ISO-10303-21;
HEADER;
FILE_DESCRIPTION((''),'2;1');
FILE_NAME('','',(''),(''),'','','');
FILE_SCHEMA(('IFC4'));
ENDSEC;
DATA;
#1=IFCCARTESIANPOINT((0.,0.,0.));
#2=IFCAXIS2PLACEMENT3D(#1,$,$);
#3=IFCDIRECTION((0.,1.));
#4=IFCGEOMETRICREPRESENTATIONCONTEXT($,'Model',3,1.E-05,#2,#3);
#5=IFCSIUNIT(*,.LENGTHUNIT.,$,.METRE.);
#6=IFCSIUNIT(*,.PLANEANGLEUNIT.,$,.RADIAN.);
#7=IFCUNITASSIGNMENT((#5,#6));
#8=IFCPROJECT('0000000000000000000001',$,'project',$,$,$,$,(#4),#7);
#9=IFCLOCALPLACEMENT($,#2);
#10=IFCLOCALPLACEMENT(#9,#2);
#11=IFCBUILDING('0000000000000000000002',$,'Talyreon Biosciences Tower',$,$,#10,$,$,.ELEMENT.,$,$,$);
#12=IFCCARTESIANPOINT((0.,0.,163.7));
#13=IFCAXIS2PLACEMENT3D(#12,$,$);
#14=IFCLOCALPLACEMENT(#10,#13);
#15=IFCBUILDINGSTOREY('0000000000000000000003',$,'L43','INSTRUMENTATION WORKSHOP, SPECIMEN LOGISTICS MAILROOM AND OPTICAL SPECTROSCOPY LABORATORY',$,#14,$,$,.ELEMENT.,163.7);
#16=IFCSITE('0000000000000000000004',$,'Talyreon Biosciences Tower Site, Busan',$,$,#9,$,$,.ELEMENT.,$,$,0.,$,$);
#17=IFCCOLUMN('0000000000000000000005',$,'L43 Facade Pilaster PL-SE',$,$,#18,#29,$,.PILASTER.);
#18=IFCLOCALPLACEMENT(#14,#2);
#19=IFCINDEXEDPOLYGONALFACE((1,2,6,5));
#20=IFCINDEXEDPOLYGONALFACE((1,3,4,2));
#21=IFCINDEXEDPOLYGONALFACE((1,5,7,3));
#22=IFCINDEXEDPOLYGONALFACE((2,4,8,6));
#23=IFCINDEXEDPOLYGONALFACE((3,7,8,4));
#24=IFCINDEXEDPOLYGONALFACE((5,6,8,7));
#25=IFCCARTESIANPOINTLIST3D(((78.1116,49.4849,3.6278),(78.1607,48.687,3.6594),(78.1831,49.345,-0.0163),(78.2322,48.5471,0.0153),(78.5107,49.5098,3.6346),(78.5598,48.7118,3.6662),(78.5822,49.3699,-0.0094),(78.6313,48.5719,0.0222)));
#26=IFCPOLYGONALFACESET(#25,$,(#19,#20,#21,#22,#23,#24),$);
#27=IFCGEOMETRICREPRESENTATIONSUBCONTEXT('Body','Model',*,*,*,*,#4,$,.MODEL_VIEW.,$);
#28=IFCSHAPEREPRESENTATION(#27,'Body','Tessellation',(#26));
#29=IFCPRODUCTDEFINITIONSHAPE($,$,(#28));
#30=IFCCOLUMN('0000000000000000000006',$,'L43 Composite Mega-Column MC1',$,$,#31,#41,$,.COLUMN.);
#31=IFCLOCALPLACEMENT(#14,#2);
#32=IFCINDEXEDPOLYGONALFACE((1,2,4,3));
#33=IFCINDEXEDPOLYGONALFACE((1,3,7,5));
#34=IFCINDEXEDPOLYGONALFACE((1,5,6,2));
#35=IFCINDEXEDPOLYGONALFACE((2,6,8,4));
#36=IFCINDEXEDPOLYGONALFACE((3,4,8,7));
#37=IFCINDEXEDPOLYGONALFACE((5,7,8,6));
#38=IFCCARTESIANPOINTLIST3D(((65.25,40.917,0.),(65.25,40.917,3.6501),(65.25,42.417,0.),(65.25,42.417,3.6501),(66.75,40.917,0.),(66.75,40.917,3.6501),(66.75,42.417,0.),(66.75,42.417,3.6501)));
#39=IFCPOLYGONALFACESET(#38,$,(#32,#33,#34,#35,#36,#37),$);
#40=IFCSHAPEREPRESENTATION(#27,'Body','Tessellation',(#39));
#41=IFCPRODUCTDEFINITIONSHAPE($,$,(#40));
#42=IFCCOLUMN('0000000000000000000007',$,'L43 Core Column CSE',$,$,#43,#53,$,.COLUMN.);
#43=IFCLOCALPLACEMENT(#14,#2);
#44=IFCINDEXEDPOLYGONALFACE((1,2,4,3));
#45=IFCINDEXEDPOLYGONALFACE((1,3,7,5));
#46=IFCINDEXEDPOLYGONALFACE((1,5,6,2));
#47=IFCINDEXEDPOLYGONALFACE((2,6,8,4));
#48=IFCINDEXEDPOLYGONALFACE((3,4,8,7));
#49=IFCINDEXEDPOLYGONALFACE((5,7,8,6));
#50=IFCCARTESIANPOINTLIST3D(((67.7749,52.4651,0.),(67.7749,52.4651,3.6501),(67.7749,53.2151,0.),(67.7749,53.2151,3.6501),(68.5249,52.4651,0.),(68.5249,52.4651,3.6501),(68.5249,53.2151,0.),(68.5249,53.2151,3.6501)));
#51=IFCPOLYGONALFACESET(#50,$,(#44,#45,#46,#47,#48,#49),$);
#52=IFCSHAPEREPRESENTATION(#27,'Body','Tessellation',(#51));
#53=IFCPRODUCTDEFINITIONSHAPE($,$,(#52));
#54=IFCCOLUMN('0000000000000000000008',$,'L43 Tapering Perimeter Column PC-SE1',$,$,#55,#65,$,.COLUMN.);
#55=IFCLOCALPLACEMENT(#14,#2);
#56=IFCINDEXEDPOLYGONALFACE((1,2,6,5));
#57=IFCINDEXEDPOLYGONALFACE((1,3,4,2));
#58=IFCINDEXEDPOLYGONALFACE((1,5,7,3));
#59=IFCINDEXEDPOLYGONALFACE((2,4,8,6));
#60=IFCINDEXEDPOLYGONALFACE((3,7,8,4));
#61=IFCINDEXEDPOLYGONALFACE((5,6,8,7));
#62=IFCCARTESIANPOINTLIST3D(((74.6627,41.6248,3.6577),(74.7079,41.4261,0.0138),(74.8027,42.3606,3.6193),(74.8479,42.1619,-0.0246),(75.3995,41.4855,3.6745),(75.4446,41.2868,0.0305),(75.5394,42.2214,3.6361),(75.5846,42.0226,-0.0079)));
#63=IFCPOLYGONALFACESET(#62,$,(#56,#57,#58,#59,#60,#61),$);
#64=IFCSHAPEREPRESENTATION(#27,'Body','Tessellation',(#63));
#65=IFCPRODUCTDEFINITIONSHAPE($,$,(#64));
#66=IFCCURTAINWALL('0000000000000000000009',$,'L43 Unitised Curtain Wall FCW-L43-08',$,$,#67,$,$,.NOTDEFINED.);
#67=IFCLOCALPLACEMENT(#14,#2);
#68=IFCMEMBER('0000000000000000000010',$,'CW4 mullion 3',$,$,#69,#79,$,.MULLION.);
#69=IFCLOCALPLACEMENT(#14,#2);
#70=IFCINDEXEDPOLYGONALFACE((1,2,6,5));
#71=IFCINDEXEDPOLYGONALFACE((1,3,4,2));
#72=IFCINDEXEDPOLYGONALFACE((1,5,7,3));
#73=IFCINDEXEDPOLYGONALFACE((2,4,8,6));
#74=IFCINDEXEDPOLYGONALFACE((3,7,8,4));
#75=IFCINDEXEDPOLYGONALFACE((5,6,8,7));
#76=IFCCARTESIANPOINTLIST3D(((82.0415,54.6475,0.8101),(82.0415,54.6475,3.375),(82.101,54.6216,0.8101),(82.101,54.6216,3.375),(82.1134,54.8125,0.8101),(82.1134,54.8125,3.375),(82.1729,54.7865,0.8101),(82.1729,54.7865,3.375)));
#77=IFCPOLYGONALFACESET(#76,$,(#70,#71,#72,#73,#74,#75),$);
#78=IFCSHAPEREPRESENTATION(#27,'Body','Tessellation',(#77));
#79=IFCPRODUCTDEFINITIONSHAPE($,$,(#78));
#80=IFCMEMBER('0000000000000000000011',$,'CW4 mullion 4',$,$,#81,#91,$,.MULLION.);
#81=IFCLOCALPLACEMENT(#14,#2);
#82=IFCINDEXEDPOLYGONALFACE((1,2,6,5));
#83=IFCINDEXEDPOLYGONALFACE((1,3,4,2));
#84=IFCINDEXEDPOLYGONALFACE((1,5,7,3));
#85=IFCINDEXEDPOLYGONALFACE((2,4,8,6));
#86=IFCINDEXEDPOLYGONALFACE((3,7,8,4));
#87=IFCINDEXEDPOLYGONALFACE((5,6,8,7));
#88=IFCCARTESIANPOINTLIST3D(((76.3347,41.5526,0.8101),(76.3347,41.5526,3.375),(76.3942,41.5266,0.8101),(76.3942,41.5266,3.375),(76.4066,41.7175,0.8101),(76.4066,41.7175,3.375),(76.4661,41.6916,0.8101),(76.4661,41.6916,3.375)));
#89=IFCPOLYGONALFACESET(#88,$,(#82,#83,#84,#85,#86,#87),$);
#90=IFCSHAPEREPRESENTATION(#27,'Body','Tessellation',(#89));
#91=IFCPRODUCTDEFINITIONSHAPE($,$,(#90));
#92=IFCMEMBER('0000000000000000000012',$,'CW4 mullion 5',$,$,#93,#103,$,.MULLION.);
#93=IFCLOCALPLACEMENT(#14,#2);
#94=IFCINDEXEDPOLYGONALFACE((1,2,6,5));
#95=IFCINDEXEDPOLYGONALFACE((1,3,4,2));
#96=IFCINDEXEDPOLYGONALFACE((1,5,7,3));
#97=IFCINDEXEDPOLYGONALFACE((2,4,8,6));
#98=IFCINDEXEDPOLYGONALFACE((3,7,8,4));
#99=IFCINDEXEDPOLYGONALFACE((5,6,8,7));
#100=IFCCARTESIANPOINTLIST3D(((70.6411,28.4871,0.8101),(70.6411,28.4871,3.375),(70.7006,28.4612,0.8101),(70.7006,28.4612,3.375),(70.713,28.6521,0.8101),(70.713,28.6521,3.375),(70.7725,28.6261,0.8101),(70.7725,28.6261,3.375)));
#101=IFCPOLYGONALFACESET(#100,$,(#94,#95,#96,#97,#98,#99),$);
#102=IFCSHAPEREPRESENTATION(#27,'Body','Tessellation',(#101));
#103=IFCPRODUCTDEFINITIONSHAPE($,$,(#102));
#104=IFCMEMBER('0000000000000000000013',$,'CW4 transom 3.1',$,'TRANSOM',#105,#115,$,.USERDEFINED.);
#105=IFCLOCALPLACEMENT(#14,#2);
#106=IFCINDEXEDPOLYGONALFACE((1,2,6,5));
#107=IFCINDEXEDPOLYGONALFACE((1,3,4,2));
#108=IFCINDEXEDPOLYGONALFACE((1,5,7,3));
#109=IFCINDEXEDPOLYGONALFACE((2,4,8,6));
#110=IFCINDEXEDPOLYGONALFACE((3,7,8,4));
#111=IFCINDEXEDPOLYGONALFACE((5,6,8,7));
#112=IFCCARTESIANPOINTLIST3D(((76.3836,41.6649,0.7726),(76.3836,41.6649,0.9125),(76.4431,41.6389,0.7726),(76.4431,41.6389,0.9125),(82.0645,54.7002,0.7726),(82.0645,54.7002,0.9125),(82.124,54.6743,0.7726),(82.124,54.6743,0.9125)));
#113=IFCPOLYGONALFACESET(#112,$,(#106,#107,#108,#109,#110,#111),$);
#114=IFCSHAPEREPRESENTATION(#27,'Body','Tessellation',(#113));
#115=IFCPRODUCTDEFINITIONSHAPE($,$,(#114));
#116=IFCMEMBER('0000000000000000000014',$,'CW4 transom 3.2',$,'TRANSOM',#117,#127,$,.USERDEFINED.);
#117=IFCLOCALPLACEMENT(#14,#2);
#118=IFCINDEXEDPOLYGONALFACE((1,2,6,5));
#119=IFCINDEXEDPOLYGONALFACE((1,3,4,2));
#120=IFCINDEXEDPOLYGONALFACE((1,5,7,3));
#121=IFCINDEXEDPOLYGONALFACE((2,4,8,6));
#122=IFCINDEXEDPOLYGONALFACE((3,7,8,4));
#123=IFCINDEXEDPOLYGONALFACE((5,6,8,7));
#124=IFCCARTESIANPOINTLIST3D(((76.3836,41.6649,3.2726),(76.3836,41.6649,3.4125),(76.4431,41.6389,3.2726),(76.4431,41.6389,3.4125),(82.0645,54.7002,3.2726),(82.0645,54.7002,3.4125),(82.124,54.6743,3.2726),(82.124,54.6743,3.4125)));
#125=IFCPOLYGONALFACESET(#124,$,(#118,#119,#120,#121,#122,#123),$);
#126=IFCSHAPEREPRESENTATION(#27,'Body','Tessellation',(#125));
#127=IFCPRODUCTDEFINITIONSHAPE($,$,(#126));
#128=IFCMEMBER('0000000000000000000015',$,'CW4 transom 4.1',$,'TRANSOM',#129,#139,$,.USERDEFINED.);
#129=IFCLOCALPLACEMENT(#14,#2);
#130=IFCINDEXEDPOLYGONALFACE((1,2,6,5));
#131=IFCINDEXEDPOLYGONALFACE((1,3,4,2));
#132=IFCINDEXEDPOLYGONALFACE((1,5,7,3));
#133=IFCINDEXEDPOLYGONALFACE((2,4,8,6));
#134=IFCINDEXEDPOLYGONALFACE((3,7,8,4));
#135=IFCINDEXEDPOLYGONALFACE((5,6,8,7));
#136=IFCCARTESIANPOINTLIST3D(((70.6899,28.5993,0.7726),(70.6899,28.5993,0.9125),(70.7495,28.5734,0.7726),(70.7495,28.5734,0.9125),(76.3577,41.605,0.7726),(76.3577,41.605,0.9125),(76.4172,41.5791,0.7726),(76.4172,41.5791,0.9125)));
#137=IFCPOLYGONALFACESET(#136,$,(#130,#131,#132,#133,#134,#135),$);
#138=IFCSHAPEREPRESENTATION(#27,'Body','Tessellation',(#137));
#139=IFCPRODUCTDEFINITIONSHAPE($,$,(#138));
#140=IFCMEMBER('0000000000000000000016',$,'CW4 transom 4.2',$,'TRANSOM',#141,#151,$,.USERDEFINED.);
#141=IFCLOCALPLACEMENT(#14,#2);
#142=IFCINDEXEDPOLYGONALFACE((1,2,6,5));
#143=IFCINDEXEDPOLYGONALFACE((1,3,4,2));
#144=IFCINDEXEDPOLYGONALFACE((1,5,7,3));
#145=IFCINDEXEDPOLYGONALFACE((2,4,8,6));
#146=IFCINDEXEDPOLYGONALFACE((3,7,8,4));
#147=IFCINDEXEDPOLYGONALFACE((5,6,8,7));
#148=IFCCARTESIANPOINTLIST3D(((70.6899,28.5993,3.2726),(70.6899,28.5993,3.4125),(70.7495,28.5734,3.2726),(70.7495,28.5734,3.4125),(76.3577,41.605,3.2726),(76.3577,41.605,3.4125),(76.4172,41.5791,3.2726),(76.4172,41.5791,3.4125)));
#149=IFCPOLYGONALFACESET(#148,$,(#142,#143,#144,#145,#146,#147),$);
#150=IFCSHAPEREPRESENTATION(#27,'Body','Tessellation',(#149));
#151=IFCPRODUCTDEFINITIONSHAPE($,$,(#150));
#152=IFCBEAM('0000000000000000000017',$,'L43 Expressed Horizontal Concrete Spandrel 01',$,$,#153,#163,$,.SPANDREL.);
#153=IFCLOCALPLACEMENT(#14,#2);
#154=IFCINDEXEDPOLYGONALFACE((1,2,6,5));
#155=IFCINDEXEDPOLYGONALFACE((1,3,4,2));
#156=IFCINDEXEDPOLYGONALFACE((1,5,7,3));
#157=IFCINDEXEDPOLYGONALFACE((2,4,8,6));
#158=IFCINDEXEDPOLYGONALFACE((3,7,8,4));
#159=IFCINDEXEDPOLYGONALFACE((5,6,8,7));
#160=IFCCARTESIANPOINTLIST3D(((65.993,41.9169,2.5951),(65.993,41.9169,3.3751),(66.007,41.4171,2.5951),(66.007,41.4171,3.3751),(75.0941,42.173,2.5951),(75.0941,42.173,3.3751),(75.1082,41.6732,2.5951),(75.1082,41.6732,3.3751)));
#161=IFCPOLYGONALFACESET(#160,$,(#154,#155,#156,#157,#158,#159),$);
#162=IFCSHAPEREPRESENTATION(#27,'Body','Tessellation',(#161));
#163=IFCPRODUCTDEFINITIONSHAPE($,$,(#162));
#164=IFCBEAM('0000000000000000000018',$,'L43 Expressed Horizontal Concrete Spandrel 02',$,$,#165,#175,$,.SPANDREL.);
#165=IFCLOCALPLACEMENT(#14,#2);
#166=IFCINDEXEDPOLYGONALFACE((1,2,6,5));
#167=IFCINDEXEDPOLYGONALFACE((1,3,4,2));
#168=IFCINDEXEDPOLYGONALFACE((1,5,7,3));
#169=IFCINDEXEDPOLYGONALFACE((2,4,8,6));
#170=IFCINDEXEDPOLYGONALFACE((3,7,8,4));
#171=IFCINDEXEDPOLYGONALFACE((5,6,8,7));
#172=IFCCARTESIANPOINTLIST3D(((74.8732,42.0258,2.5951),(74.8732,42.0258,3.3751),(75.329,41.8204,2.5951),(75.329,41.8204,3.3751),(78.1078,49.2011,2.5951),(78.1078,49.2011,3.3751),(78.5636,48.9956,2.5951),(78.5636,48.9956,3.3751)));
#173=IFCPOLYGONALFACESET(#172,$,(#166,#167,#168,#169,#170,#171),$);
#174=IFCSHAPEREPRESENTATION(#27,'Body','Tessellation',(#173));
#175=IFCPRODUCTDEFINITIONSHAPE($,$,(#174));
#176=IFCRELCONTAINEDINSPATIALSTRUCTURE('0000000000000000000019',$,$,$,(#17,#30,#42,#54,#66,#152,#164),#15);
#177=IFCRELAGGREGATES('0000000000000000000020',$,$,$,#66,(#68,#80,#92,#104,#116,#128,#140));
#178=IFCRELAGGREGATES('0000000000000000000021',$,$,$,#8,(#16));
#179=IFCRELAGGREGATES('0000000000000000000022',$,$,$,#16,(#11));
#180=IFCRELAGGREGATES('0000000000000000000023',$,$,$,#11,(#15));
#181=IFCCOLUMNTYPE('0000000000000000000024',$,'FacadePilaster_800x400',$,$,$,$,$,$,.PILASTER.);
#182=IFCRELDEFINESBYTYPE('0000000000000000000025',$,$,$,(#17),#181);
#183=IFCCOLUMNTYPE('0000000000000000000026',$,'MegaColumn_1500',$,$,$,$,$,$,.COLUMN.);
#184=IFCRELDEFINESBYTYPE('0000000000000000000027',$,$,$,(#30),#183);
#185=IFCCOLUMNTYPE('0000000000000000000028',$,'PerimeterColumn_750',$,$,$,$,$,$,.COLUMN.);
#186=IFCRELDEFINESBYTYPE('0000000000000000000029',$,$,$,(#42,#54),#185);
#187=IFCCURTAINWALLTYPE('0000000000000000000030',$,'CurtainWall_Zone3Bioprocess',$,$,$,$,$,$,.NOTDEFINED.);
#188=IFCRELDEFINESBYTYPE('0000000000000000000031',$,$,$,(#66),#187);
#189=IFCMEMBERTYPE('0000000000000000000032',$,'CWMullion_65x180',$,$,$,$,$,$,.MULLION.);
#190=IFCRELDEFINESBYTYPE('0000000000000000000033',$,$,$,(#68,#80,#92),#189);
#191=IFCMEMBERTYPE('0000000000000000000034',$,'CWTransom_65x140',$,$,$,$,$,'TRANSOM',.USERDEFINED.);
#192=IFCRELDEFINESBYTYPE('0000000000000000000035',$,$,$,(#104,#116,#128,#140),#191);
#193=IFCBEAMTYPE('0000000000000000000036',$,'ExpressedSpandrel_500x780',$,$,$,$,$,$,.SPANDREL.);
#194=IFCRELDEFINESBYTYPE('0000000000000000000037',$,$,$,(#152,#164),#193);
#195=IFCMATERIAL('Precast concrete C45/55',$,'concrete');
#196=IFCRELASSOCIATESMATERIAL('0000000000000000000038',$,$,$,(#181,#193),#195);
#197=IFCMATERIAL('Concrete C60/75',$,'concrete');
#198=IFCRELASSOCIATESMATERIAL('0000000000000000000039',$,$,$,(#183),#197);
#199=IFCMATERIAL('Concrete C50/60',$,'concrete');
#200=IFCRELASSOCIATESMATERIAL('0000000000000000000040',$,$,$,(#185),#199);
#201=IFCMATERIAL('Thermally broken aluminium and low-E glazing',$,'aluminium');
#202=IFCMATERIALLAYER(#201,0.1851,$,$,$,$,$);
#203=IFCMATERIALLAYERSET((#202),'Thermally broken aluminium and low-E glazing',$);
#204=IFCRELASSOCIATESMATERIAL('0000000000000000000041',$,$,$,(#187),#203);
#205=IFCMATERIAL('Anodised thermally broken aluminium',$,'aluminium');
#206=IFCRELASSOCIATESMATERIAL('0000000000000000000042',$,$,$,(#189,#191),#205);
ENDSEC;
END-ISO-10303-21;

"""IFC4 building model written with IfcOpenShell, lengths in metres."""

from ifc_helpers import new_model, si_unit, direction, frame, origin, origin_2d, place, context, subcontext, project, spatial, rectangle, extrude, material, layer, layer_set, material_profile, profile_set, type_object, element, aggregate, save


model = new_model("IFC4")

# Units and contexts
model_context = context("Model", 3, precision=1e-05, world=origin(), true_north=direction((0.0, 1.0)))
body_context = subcontext(model_context, "Body", "Model", "MODEL_VIEW")
ifc_project = project(units=[si_unit("LENGTHUNIT", "METRE"), si_unit("PLANEANGLEUNIT", "RADIAN")], contexts=[model_context])

# Site, building, storey
site_placement = place(None, origin())
site = spatial("IfcSite", under=ifc_project, at=site_placement, Name="Talyreon Biosciences Tower Site, Busan", CompositionType="ELEMENT", RefElevation=0.0)
building_placement = place(site_placement, origin())
building = spatial("IfcBuilding", under=site, at=building_placement, Name="Talyreon Biosciences Tower", CompositionType="ELEMENT")
storey_placement = place(building_placement, frame((0.0, 0.0, 163.7)))
storey = spatial("IfcBuildingStorey", under=building, at=storey_placement, Name="L43", Description="INSTRUMENTATION WORKSHOP, SPECIMEN LOGISTICS MAILROOM AND OPTICAL SPECTROSCOPY LABORATORY", CompositionType="ELEMENT", Elevation=163.7)

# Columns
ifc_material_1 = material(Name="Precast concrete C45/55", Category="concrete")
ifc_material_profile_1 = material_profile(ifc_material_1, rectangle(XDim=0.8, YDim=0.3999, at=origin_2d()), Name="RC 800x400")
ifc_profile_set_1 = profile_set([ifc_material_profile_1], Name="Precast concrete C45/55")
column_type_1 = type_object("IfcColumnType", Name="FacadePilaster_800x400", PredefinedType="PILASTER", material=ifc_profile_set_1)
column_1_placement = place(storey_placement, frame((78.4072, 48.9585, 0.0029), z_axis=(-0.019612, 0.038354, 0.999072), x_axis=(0.061352, -0.997335, 0.039491)))
element("IfcColumn", 1, at=column_1_placement, inside=storey, type_object=column_type_1, Name="L43 Facade Pilaster PL-SE", PredefinedType="PILASTER", context=body_context, shape_type="SweptSolid", body=[
    extrude(rectangle(XDim=0.8, YDim=0.3999, at=origin_2d()), origin(), (0.0, 0.0, 1.0), 3.6475),
])
ifc_material_2 = material(Name="Concrete C60/75", Category="concrete")
ifc_material_profile_2 = material_profile(ifc_material_2, rectangle(XDim=1.5, YDim=1.5, at=origin_2d()), Name="RC 1500x1500")
ifc_profile_set_2 = profile_set([ifc_material_profile_2], Name="Concrete C60/75")
column_type_2 = type_object("IfcColumnType", Name="MegaColumn_1500", PredefinedType="COLUMN", material=ifc_profile_set_2)
column_2_placement = place(storey_placement, frame((66.0, 41.667, 0.0), z_axis=(0.0, 0.0, 1.0), x_axis=(1.0, 0.0, 0.0)))
element("IfcColumn", 2, at=column_2_placement, inside=storey, type_object=column_type_2, Name="L43 Composite Mega-Column MC1", PredefinedType="COLUMN", context=body_context, shape_type="SweptSolid", body=[
    extrude(rectangle(XDim=1.5, YDim=1.5, at=origin_2d()), origin(), (0.0, 0.0, 1.0), 3.6501),
])
ifc_material_3 = material(Name="Concrete C50/60", Category="concrete")
ifc_material_profile_3 = material_profile(ifc_material_3, rectangle(XDim=0.75, YDim=0.75, at=origin_2d()), Name="RC 750x750")
ifc_profile_set_3 = profile_set([ifc_material_profile_3], Name="Concrete C50/60")
column_type_3 = type_object("IfcColumnType", Name="PerimeterColumn_750", PredefinedType="COLUMN", material=ifc_profile_set_3)
column_3_placement = place(storey_placement, frame((68.1499, 52.8401, 0.0), z_axis=(0.0, 0.0, 1.0), x_axis=(1.0, 0.0, 0.0)))
element("IfcColumn", 3, at=column_3_placement, inside=storey, type_object=column_type_3, Name="L43 Core Column CSE", PredefinedType="COLUMN", context=body_context, shape_type="SweptSolid", body=[
    extrude(rectangle(XDim=0.75, YDim=0.75, at=origin_2d()), origin(), (0.0, 0.0, 1.0), 3.6501),
])
column_4_placement = place(storey_placement, frame((75.1462, 41.7244, 0.0029), z_axis=(-0.012375, 0.054451, 0.99844), x_axis=(-0.186648, -0.981092, 0.051191)))
element("IfcColumn", 4, at=column_4_placement, inside=storey, type_object=column_type_3, Name="L43 Tapering Perimeter Column PC-SE1", PredefinedType="COLUMN", context=body_context, shape_type="SweptSolid", body=[
    extrude(rectangle(XDim=0.75, YDim=0.75, at=origin_2d()), origin(), (0.0, 0.0, 1.0), 3.6497),
])

# Curtain wall, members
ifc_material_4 = material(Name="Thermally broken aluminium and low-E glazing", Category="aluminium")
ifc_layer_1 = layer(ifc_material_4, 0.1851)
ifc_layer_set_1 = layer_set([ifc_layer_1], Name="Thermally broken aluminium and low-E glazing")
curtain_wall_type = type_object("IfcCurtainWallType", Name="CurtainWall_Zone3Bioprocess", PredefinedType="NOTDEFINED", material=ifc_layer_set_1)
curtain_wall_placement = place(storey_placement, origin())
curtain_wall = element("IfcCurtainWall", 5, at=curtain_wall_placement, inside=storey, type_object=curtain_wall_type, Name="L43 Unitised Curtain Wall FCW-L43-08", PredefinedType="NOTDEFINED")
ifc_material_5 = material(Name="Anodised thermally broken aluminium", Category="aluminium")
ifc_material_profile_4 = material_profile(ifc_material_5, rectangle(XDim=0.0649, YDim=0.1799, at=origin_2d()), Name="ALUM MULLION 65x180")
ifc_profile_set_4 = profile_set([ifc_material_profile_4], Name="Anodised thermally broken aluminium")
member_type_1 = type_object("IfcMemberType", Name="CWMullion_65x180", PredefinedType="MULLION", material=ifc_profile_set_4)
member_1_placement = place(storey_placement, frame((82.1072, 54.717, 0.8101), z_axis=(0.0, 0.0, 1.0), x_axis=(0.916731, -0.399505, 0.0)))
member_1 = element("IfcMember", 6, at=member_1_placement, type_object=member_type_1, Name="CW4 mullion 3", PredefinedType="MULLION", context=body_context, shape_type="SweptSolid", body=[
    extrude(rectangle(XDim=0.0649, YDim=0.1799, at=origin_2d()), origin(), (0.0, 0.0, 1.0), 2.5649),
])
member_2_placement = place(storey_placement, frame((76.4004, 41.6221, 0.8101), z_axis=(0.0, 0.0, 1.0), x_axis=(0.916731, -0.399505, 0.0)))
member_2 = element("IfcMember", 7, at=member_2_placement, type_object=member_type_1, Name="CW4 mullion 4", PredefinedType="MULLION", context=body_context, shape_type="SweptSolid", body=[
    extrude(rectangle(XDim=0.0649, YDim=0.1799, at=origin_2d()), origin(), (0.0, 0.0, 1.0), 2.5649),
])
member_3_placement = place(storey_placement, frame((70.7068, 28.5566, 0.8101), z_axis=(0.0, 0.0, 1.0), x_axis=(0.916731, -0.399505, 0.0)))
member_3 = element("IfcMember", 8, at=member_3_placement, type_object=member_type_1, Name="CW4 mullion 5", PredefinedType="MULLION", context=body_context, shape_type="SweptSolid", body=[
    extrude(rectangle(XDim=0.0649, YDim=0.1799, at=origin_2d()), origin(), (0.0, 0.0, 1.0), 2.5649),
])
ifc_material_profile_5 = material_profile(ifc_material_5, rectangle(XDim=0.0649, YDim=0.1399, at=origin_2d()), Name="ALUM TRANSOM 65x140")
ifc_profile_set_5 = profile_set([ifc_material_profile_5], Name="Anodised thermally broken aluminium")
member_type_2 = type_object("IfcMemberType", Name="CWTransom_65x140", ElementType="TRANSOM", PredefinedType="USERDEFINED", material=ifc_profile_set_5)
member_4_placement = place(storey_placement, frame((82.0942, 54.6873, 0.8425), z_axis=(-0.399515, -0.916727, 0.0), x_axis=(0.916727, -0.399515, 0.0)))
member_4 = element("IfcMember", 9, at=member_4_placement, type_object=member_type_2, Name="CW4 transom 3.1", ObjectType="TRANSOM", PredefinedType="USERDEFINED", context=body_context, shape_type="SweptSolid", body=[
    extrude(rectangle(XDim=0.0649, YDim=0.1399, at=origin_2d()), origin(), (0.0, 0.0, 1.0), 14.2195),
])
member_5_placement = place(storey_placement, frame((82.0942, 54.6873, 3.3425), z_axis=(-0.399515, -0.916727, 0.0), x_axis=(0.916727, -0.399515, 0.0)))
member_5 = element("IfcMember", 10, at=member_5_placement, type_object=member_type_2, Name="CW4 transom 3.2", ObjectType="TRANSOM", PredefinedType="USERDEFINED", context=body_context, shape_type="SweptSolid", body=[
    extrude(rectangle(XDim=0.0649, YDim=0.1399, at=origin_2d()), origin(), (0.0, 0.0, 1.0), 14.2195),
])
member_6_placement = place(storey_placement, frame((76.3875, 41.592, 0.8425), z_axis=(-0.399503, -0.916732, 0.0), x_axis=(0.916732, -0.399503, 0.0)))
member_6 = element("IfcMember", 11, at=member_6_placement, type_object=member_type_2, Name="CW4 transom 4.1", ObjectType="TRANSOM", PredefinedType="USERDEFINED", context=body_context, shape_type="SweptSolid", body=[
    extrude(rectangle(XDim=0.0649, YDim=0.1399, at=origin_2d()), origin(), (0.0, 0.0, 1.0), 14.187),
])
member_7_placement = place(storey_placement, frame((76.3875, 41.592, 3.3425), z_axis=(-0.399503, -0.916732, 0.0), x_axis=(0.916732, -0.399503, 0.0)))
member_7 = element("IfcMember", 12, at=member_7_placement, type_object=member_type_2, Name="CW4 transom 4.2", ObjectType="TRANSOM", PredefinedType="USERDEFINED", context=body_context, shape_type="SweptSolid", body=[
    extrude(rectangle(XDim=0.0649, YDim=0.1399, at=origin_2d()), origin(), (0.0, 0.0, 1.0), 14.187),
])

# Beams
ifc_material_profile_6 = material_profile(ifc_material_1, rectangle(XDim=0.5, YDim=0.78, at=origin_2d()), Name="RCB 500x780")
ifc_profile_set_6 = profile_set([ifc_material_profile_6], Name="Precast concrete C45/55")
beam_type_1 = type_object("IfcBeamType", Name="ExpressedSpandrel_500x780", PredefinedType="SPANDREL", material=ifc_profile_set_6)
beam_1_placement = place(storey_placement, frame((66.0, 41.667, 2.9851), z_axis=(0.999604, 0.028129, 0.0), x_axis=(-0.028129, 0.999604, 0.0)))
element("IfcBeam", 13, at=beam_1_placement, inside=storey, type_object=beam_type_1, Name="L43 Expressed Horizontal Concrete Spandrel 01", PredefinedType="SPANDREL", context=body_context, shape_type="SweptSolid", body=[
    extrude(rectangle(XDim=0.5, YDim=0.78, at=origin_2d()), origin(), (0.0, 0.0, 1.0), 9.1047),
])
beam_2_placement = place(storey_placement, frame((75.1011, 41.9231, 2.9851), z_axis=(0.410971, 0.911649, 0.0), x_axis=(-0.911649, 0.410971, 0.0)))
element("IfcBeam", 14, at=beam_2_placement, inside=storey, type_object=beam_type_1, Name="L43 Expressed Horizontal Concrete Spandrel 02", PredefinedType="SPANDREL", context=body_context, shape_type="SweptSolid", body=[
    extrude(rectangle(XDim=0.5, YDim=0.78, at=origin_2d()), origin(), (0.0, 0.0, 1.0), 7.8706),
])

aggregate(curtain_wall, [member_1, member_2, member_3, member_4, member_5, member_6, member_7])

save(model, "model.ifc")
